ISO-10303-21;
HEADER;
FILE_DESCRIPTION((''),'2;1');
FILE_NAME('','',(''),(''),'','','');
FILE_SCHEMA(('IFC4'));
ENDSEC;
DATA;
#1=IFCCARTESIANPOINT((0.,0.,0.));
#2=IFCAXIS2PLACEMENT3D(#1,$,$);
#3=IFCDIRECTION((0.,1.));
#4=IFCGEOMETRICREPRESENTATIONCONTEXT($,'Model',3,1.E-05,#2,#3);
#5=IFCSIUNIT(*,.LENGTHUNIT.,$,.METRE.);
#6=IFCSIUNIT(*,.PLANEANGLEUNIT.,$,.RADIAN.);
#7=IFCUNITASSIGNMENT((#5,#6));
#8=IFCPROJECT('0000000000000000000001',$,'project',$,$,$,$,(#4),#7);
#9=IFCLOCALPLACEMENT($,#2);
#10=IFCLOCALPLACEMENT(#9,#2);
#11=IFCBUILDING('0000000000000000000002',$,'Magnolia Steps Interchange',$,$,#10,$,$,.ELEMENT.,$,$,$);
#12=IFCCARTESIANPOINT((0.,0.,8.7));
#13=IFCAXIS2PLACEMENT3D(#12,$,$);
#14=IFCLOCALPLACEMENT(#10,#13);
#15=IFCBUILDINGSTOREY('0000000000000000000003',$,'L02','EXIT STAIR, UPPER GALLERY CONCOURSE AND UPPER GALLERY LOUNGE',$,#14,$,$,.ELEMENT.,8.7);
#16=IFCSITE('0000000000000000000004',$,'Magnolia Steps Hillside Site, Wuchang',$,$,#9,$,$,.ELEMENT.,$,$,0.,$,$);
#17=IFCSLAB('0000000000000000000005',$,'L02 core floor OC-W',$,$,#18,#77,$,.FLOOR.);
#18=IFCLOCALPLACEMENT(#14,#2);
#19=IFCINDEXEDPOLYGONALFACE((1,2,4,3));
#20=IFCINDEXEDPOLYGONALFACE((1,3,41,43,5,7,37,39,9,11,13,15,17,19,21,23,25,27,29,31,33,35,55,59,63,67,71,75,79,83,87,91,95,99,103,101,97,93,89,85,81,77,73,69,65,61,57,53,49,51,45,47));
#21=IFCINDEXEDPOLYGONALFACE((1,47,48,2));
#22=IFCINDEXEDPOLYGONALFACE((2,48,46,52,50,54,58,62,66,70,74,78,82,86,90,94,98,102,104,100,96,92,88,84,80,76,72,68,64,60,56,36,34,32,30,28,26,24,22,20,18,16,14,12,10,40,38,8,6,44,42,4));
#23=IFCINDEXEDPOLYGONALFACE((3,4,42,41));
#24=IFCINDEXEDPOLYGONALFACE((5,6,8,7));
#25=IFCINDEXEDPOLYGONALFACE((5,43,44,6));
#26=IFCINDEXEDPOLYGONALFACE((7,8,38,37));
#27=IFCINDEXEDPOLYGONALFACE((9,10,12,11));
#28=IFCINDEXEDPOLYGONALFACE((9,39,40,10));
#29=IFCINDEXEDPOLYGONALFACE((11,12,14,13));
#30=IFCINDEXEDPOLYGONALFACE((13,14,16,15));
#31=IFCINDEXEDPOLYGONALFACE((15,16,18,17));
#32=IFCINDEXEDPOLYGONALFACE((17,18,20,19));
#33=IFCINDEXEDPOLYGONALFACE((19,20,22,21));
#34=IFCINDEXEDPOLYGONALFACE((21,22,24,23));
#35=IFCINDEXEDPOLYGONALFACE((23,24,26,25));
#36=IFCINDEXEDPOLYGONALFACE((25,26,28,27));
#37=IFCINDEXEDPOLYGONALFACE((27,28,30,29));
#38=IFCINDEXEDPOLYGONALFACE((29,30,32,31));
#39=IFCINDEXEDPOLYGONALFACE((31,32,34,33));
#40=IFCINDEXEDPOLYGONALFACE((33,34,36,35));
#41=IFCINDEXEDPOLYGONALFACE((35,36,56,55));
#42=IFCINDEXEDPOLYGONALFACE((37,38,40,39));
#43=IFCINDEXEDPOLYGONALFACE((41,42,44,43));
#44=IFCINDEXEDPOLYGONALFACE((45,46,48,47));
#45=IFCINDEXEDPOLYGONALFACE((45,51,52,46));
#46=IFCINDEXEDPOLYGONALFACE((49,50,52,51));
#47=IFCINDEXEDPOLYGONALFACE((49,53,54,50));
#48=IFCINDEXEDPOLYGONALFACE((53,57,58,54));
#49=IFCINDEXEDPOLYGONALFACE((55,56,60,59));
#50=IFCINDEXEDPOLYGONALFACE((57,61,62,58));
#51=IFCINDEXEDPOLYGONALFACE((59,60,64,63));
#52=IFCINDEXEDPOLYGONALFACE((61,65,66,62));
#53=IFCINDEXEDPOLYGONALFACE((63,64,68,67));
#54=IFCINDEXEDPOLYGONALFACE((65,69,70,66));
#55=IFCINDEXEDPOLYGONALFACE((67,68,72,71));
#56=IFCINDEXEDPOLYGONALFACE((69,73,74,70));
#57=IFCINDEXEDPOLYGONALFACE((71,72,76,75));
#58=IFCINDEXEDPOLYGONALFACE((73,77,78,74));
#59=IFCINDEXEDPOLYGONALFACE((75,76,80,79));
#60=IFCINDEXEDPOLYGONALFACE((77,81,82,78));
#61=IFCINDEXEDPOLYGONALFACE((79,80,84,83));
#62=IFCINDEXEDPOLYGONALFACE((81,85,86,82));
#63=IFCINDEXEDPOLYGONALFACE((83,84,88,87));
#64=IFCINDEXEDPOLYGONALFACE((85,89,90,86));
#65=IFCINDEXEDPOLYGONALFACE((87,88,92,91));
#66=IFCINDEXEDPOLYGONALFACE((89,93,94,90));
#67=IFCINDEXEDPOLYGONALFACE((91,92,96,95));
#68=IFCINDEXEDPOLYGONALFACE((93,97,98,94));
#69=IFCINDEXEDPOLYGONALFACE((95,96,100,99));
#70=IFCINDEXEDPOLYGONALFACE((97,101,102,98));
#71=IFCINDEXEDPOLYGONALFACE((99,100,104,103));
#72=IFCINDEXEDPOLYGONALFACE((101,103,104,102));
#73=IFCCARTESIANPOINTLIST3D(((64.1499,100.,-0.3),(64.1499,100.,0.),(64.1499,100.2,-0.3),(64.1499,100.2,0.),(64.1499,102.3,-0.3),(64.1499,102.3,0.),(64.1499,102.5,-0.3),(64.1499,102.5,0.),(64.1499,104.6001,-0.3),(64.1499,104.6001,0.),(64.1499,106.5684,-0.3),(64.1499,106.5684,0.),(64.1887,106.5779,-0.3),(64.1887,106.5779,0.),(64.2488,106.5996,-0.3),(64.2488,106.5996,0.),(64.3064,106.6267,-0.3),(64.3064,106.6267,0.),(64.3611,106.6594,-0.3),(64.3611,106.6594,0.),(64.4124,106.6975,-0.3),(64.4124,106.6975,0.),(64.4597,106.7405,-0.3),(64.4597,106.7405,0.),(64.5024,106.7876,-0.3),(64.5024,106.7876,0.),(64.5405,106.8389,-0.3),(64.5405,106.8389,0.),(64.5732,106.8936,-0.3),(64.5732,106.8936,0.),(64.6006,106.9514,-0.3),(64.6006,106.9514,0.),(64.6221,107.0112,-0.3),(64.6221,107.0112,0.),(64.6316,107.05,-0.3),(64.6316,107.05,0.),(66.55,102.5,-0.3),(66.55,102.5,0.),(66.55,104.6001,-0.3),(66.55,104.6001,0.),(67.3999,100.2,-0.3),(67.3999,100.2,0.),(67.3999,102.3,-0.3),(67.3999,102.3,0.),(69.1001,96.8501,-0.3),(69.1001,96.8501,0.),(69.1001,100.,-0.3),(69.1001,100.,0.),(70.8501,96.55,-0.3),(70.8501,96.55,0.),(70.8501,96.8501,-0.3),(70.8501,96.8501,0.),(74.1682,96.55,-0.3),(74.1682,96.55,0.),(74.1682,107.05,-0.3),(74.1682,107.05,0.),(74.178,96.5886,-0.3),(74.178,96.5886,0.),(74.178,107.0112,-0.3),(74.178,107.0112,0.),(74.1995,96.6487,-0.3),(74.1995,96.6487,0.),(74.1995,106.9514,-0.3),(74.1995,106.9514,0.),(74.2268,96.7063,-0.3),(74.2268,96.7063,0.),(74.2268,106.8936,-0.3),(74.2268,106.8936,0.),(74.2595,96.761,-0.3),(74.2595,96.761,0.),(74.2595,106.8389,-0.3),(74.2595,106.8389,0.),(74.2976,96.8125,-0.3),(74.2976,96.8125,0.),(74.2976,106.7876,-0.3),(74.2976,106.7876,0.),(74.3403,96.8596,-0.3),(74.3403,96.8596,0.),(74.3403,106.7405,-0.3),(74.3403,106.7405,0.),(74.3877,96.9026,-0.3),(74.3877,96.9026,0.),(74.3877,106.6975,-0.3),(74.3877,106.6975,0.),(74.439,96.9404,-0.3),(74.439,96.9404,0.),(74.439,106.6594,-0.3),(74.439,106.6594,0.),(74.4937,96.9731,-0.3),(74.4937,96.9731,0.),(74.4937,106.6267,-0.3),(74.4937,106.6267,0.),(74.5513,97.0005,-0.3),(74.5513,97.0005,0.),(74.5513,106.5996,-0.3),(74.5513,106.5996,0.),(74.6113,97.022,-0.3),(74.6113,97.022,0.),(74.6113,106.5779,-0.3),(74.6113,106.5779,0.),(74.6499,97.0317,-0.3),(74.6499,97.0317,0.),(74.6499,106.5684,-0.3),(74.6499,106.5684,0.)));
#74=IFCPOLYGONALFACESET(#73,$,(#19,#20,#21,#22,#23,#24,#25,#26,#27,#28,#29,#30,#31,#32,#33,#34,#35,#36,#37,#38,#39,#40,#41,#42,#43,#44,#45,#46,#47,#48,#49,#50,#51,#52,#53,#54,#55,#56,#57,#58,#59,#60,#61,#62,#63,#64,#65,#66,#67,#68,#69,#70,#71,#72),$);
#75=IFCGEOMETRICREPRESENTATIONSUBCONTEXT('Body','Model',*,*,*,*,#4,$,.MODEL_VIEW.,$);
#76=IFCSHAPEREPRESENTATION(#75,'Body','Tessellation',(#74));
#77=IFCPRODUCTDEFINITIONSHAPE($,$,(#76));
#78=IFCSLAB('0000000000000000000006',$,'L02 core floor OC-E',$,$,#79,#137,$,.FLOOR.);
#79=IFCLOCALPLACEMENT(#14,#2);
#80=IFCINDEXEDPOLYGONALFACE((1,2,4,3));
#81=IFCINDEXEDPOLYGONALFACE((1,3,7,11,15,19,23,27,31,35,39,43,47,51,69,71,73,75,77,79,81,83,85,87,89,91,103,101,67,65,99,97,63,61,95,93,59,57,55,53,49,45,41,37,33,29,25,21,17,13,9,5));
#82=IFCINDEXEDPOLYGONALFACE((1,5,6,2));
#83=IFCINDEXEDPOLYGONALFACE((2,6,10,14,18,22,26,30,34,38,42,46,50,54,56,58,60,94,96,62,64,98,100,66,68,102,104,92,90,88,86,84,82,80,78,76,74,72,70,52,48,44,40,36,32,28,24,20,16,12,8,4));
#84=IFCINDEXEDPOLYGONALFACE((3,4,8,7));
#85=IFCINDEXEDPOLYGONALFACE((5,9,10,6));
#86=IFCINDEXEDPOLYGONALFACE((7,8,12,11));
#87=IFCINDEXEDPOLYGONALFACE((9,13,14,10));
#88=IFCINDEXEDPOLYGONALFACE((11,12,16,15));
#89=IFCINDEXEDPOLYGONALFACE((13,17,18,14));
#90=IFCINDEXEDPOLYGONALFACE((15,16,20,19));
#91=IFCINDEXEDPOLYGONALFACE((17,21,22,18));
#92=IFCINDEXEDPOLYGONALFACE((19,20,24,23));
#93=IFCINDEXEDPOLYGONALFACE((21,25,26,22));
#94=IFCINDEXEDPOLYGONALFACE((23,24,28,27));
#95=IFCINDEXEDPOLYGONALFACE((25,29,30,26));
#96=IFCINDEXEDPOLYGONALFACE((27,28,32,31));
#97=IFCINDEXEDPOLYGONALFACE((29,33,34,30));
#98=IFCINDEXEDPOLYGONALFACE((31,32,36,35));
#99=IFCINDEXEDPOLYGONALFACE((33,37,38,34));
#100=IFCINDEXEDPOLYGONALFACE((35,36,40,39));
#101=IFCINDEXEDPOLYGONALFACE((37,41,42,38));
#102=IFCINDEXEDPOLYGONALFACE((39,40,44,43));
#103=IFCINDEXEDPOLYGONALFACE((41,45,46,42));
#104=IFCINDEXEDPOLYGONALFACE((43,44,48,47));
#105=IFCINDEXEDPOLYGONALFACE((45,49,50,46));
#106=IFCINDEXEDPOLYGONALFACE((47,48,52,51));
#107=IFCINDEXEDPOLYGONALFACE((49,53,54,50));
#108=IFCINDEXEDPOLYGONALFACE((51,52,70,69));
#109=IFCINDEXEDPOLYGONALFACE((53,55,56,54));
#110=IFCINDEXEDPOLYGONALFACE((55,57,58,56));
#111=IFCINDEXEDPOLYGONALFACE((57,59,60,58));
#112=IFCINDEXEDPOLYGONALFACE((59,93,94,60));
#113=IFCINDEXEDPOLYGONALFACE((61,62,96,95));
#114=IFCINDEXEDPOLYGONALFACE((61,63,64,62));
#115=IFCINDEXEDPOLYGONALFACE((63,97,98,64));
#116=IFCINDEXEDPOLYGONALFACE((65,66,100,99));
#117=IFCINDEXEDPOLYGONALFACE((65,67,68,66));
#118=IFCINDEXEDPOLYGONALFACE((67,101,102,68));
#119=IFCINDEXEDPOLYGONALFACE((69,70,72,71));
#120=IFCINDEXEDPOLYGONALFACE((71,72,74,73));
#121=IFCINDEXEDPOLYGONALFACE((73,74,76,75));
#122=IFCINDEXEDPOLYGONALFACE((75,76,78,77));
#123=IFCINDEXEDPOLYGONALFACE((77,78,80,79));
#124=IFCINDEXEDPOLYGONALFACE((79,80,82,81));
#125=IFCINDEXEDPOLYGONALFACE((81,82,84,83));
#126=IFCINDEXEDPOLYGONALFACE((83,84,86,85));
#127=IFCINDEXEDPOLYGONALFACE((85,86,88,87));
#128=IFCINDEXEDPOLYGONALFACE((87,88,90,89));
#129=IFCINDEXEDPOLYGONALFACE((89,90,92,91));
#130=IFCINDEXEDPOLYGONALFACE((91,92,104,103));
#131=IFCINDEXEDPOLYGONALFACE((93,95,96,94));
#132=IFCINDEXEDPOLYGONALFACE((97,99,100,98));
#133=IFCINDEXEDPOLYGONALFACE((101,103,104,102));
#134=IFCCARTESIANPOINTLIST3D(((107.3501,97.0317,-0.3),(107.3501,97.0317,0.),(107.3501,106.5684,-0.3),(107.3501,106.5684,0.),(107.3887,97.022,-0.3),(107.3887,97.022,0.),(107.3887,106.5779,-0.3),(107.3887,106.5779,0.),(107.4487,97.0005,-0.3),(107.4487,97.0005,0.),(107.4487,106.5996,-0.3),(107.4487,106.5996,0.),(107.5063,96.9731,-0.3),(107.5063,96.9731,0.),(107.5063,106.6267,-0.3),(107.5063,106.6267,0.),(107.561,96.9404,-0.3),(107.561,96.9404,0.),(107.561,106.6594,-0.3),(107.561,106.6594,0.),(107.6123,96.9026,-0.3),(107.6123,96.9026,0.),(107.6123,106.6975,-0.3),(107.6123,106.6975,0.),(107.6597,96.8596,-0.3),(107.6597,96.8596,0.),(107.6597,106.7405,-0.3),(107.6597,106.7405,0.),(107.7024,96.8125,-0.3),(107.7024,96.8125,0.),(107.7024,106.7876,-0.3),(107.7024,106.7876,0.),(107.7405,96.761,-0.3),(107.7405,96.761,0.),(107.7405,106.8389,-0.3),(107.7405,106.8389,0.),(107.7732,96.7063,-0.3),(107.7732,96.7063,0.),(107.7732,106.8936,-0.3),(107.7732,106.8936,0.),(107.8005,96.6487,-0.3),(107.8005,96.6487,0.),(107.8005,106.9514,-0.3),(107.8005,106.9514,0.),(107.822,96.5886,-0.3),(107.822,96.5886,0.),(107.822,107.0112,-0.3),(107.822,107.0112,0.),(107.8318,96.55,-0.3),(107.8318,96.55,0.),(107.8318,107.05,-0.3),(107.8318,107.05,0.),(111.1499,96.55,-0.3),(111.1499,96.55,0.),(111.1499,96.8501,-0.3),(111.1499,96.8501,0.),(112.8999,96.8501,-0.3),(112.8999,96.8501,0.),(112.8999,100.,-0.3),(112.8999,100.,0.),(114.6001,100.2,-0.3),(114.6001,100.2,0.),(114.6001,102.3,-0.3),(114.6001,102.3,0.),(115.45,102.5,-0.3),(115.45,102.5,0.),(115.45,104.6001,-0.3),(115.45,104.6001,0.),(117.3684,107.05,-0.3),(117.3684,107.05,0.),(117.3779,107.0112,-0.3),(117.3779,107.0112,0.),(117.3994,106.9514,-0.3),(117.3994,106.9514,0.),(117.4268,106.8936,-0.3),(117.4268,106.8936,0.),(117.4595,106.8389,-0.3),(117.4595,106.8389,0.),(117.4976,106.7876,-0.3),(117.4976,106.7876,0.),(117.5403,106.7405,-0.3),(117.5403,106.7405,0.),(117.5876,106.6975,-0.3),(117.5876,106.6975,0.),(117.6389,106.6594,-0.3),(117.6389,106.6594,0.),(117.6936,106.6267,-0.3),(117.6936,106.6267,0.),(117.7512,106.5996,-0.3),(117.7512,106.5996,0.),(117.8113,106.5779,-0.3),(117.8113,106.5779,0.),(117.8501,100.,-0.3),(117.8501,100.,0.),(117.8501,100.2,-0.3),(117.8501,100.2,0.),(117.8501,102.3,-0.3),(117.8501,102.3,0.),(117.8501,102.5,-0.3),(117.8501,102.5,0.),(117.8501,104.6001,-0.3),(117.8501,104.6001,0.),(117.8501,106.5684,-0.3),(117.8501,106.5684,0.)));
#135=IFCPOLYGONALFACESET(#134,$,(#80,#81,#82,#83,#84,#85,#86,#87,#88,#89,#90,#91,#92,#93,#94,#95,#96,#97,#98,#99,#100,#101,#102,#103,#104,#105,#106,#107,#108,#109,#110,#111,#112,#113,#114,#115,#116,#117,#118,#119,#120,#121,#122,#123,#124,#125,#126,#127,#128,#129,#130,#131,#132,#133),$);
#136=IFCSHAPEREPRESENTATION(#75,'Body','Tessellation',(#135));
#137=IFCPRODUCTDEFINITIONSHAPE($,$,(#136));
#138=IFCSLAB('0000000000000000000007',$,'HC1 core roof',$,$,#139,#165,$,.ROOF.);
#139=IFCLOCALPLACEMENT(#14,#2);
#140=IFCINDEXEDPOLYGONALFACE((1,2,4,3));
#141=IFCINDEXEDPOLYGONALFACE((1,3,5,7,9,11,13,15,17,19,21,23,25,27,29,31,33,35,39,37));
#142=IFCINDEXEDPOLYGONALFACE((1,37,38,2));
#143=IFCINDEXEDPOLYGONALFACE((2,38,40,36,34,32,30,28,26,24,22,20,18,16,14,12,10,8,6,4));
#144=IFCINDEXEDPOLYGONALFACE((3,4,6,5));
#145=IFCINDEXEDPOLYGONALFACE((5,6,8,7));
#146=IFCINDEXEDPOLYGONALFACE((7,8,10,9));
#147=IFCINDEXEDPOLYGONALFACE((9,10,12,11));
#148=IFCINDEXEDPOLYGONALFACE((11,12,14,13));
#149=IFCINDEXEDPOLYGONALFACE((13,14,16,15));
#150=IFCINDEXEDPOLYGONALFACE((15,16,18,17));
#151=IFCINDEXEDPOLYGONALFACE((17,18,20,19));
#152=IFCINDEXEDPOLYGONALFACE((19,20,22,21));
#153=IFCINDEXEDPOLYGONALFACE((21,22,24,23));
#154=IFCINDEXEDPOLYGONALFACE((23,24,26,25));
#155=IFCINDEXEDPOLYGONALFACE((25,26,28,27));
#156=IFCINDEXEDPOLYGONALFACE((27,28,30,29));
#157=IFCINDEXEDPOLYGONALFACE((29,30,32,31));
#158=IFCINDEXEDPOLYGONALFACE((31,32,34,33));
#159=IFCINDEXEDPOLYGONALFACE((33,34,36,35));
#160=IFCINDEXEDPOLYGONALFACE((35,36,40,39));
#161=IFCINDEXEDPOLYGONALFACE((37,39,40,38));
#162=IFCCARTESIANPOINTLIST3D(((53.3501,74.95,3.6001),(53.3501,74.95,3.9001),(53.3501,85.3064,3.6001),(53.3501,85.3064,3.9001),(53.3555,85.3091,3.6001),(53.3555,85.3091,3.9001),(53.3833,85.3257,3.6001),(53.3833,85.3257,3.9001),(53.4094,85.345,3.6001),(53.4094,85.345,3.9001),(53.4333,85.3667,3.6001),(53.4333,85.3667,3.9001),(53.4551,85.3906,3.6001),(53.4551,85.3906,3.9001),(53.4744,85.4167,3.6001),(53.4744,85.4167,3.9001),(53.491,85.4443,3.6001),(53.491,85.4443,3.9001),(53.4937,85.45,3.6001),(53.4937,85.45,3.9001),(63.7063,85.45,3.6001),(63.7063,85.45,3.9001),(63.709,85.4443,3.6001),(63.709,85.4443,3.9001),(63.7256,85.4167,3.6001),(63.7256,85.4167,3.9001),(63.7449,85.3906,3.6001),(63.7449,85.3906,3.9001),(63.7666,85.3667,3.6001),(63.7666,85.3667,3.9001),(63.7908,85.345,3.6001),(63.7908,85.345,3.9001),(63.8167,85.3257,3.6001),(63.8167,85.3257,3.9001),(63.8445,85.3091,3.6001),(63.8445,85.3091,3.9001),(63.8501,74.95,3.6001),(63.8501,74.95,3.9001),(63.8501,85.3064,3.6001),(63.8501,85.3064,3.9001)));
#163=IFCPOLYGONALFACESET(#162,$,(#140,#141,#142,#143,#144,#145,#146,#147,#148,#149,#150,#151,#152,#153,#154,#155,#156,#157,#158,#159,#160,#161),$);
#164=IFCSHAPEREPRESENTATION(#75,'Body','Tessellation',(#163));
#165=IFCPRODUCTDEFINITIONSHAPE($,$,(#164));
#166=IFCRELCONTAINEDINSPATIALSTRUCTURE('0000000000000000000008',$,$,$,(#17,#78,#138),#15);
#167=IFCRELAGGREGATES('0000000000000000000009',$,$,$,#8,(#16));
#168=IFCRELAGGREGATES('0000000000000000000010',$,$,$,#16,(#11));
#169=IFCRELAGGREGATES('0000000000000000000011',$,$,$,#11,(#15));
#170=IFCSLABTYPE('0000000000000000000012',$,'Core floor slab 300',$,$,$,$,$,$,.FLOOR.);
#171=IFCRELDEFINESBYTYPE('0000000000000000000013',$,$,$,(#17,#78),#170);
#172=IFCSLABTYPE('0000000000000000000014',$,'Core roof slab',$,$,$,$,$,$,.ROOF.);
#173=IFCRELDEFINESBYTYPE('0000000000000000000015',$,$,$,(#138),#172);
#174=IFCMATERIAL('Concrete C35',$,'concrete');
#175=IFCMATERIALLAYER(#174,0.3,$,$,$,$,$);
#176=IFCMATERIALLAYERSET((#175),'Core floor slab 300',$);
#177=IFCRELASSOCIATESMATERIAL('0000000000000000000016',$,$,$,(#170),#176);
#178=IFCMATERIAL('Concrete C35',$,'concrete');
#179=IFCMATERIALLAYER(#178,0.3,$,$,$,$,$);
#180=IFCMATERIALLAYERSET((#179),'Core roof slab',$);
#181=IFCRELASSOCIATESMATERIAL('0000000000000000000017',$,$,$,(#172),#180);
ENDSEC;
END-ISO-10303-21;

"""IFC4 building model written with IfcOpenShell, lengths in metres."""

from ifc_helpers import new_model, si_unit, direction, frame, origin, place, context, subcontext, project, spatial, polyline, outline, extrude, material, layer, layer_set, type_object, element, save


model = new_model("IFC4")

# Units and contexts
model_context = context("Model", 3, precision=1e-05, world=origin(), true_north=direction((0.0, 1.0)))
body_context = subcontext(model_context, "Body", "Model", "MODEL_VIEW")
ifc_project = project(units=[si_unit("LENGTHUNIT", "METRE"), si_unit("PLANEANGLEUNIT", "RADIAN")], contexts=[model_context])

# Site, building, storey
site_placement = place(None, origin())
site = spatial("IfcSite", under=ifc_project, at=site_placement, Name="Magnolia Steps Hillside Site, Wuchang", CompositionType="ELEMENT", RefElevation=0.0)
building_placement = place(site_placement, origin())
building = spatial("IfcBuilding", under=site, at=building_placement, Name="Magnolia Steps Interchange", CompositionType="ELEMENT")
storey_placement = place(building_placement, frame((0.0, 0.0, 8.7)))
storey = spatial("IfcBuildingStorey", under=building, at=storey_placement, Name="L02", Description="EXIT STAIR, UPPER GALLERY CONCOURSE AND UPPER GALLERY LOUNGE", CompositionType="ELEMENT", Elevation=8.7)

# Slabs
ifc_material_1 = material(Name="Concrete C35", Category="concrete")
ifc_layer_1 = layer(ifc_material_1, 0.3)
ifc_layer_set_1 = layer_set([ifc_layer_1], Name="Core floor slab 300")
slab_type_1 = type_object("IfcSlabType", Name="Core floor slab 300", PredefinedType="FLOOR", material=ifc_layer_set_1)
slab_1_placement = place(storey_placement, frame((0.0, 0.0, -0.3)))
element("IfcSlab", 1, at=slab_1_placement, inside=storey, type_object=slab_type_1, Name="L02 core floor OC-W", PredefinedType="FLOOR", context=body_context, shape_type="SweptSolid", body=[
    extrude(outline(polyline([(70.8501, 96.8501), (69.1001, 96.8501), (69.1001, 100.0), (64.1499, 100.0), (64.1499, 100.2), (67.3999, 100.2), (67.3999, 102.3), (64.1499, 102.3), (64.1499, 102.5), (66.55, 102.5), (66.55, 104.6001), (64.1499, 104.6001), (64.1499, 106.5684), (64.1887, 106.5779), (64.2488, 106.5996), (64.3064, 106.6267), (64.3611, 106.6594), (64.4124, 106.6975), (64.4597, 106.7405), (64.5024, 106.7876), (64.5405, 106.8389), (64.5732, 106.8936), (64.6006, 106.9514), (64.6221, 107.0112), (64.6316, 107.05), (74.1682, 107.05), (74.178, 107.0112), (74.1995, 106.9514), (74.2268, 106.8936), (74.2595, 106.8389), (74.2976, 106.7876), (74.3403, 106.7405), (74.3877, 106.6975), (74.439, 106.6594), (74.4937, 106.6267), (74.5513, 106.5996), (74.6113, 106.5779), (74.6499, 106.5684), (74.6499, 97.0317), (74.6113, 97.022), (74.5513, 97.0005), (74.4937, 96.9731), (74.439, 96.9404), (74.3877, 96.9026), (74.3403, 96.8596), (74.2976, 96.8125), (74.2595, 96.761), (74.2268, 96.7063), (74.1995, 96.6487), (74.178, 96.5886), (74.1682, 96.55), (70.8501, 96.55), (70.8501, 96.8501)])), origin(), (0.0, 0.0, 1.0), 0.3),
])
slab_2_placement = place(storey_placement, frame((0.0, 0.0, -0.3)))
element("IfcSlab", 2, at=slab_2_placement, inside=storey, type_object=slab_type_1, Name="L02 core floor OC-E", PredefinedType="FLOOR", context=body_context, shape_type="SweptSolid", body=[
    extrude(outline(polyline([(107.3501, 106.5684), (107.3887, 106.5779), (107.4487, 106.5996), (107.5063, 106.6267), (107.561, 106.6594), (107.6123, 106.6975), (107.6597, 106.7405), (107.7024, 106.7876), (107.7405, 106.8389), (107.7732, 106.8936), (107.8005, 106.9514), (107.822, 107.0112), (107.8318, 107.05), (117.3684, 107.05), (117.3779, 107.0112), (117.3994, 106.9514), (117.4268, 106.8936), (117.4595, 106.8389), (117.4976, 106.7876), (117.5403, 106.7405), (117.5876, 106.6975), (117.6389, 106.6594), (117.6936, 106.6267), (117.7512, 106.5996), (117.8113, 106.5779), (117.8501, 106.5684), (117.8501, 104.6001), (115.45, 104.6001), (115.45, 102.5), (117.8501, 102.5), (117.8501, 102.3), (114.6001, 102.3), (114.6001, 100.2), (117.8501, 100.2), (117.8501, 100.0), (112.8999, 100.0), (112.8999, 96.8501), (111.1499, 96.8501), (111.1499, 96.55), (107.8318, 96.55), (107.822, 96.5886), (107.8005, 96.6487), (107.7732, 96.7063), (107.7405, 96.761), (107.7024, 96.8125), (107.6597, 96.8596), (107.6123, 96.9026), (107.561, 96.9404), (107.5063, 96.9731), (107.4487, 97.0005), (107.3887, 97.022), (107.3501, 97.0317), (107.3501, 106.5684)])), origin(), (0.0, 0.0, 1.0), 0.3),
])
ifc_material_2 = material(Name="Concrete C35", Category="concrete")
ifc_layer_2 = layer(ifc_material_2, 0.3)
ifc_layer_set_2 = layer_set([ifc_layer_2], Name="Core roof slab")
slab_type_2 = type_object("IfcSlabType", Name="Core roof slab", PredefinedType="ROOF", material=ifc_layer_set_2)
slab_3_placement = place(storey_placement, frame((0.0, 0.0, 3.6001)))
element("IfcSlab", 3, at=slab_3_placement, inside=storey, type_object=slab_type_2, Name="HC1 core roof", PredefinedType="ROOF", context=body_context, shape_type="SweptSolid", body=[
    extrude(outline(polyline([(53.3501, 74.95), (53.3501, 85.3064), (53.3555, 85.3091), (53.3833, 85.3257), (53.4094, 85.345), (53.4333, 85.3667), (53.4551, 85.3906), (53.4744, 85.4167), (53.491, 85.4443), (53.4937, 85.45), (63.7063, 85.45), (63.709, 85.4443), (63.7256, 85.4167), (63.7449, 85.3906), (63.7666, 85.3667), (63.7908, 85.345), (63.8167, 85.3257), (63.8445, 85.3091), (63.8501, 85.3064), (63.8501, 74.95), (53.3501, 74.95)])), origin(), (0.0, 0.0, 1.0), 0.3),
])

save(model, "model.ifc")
